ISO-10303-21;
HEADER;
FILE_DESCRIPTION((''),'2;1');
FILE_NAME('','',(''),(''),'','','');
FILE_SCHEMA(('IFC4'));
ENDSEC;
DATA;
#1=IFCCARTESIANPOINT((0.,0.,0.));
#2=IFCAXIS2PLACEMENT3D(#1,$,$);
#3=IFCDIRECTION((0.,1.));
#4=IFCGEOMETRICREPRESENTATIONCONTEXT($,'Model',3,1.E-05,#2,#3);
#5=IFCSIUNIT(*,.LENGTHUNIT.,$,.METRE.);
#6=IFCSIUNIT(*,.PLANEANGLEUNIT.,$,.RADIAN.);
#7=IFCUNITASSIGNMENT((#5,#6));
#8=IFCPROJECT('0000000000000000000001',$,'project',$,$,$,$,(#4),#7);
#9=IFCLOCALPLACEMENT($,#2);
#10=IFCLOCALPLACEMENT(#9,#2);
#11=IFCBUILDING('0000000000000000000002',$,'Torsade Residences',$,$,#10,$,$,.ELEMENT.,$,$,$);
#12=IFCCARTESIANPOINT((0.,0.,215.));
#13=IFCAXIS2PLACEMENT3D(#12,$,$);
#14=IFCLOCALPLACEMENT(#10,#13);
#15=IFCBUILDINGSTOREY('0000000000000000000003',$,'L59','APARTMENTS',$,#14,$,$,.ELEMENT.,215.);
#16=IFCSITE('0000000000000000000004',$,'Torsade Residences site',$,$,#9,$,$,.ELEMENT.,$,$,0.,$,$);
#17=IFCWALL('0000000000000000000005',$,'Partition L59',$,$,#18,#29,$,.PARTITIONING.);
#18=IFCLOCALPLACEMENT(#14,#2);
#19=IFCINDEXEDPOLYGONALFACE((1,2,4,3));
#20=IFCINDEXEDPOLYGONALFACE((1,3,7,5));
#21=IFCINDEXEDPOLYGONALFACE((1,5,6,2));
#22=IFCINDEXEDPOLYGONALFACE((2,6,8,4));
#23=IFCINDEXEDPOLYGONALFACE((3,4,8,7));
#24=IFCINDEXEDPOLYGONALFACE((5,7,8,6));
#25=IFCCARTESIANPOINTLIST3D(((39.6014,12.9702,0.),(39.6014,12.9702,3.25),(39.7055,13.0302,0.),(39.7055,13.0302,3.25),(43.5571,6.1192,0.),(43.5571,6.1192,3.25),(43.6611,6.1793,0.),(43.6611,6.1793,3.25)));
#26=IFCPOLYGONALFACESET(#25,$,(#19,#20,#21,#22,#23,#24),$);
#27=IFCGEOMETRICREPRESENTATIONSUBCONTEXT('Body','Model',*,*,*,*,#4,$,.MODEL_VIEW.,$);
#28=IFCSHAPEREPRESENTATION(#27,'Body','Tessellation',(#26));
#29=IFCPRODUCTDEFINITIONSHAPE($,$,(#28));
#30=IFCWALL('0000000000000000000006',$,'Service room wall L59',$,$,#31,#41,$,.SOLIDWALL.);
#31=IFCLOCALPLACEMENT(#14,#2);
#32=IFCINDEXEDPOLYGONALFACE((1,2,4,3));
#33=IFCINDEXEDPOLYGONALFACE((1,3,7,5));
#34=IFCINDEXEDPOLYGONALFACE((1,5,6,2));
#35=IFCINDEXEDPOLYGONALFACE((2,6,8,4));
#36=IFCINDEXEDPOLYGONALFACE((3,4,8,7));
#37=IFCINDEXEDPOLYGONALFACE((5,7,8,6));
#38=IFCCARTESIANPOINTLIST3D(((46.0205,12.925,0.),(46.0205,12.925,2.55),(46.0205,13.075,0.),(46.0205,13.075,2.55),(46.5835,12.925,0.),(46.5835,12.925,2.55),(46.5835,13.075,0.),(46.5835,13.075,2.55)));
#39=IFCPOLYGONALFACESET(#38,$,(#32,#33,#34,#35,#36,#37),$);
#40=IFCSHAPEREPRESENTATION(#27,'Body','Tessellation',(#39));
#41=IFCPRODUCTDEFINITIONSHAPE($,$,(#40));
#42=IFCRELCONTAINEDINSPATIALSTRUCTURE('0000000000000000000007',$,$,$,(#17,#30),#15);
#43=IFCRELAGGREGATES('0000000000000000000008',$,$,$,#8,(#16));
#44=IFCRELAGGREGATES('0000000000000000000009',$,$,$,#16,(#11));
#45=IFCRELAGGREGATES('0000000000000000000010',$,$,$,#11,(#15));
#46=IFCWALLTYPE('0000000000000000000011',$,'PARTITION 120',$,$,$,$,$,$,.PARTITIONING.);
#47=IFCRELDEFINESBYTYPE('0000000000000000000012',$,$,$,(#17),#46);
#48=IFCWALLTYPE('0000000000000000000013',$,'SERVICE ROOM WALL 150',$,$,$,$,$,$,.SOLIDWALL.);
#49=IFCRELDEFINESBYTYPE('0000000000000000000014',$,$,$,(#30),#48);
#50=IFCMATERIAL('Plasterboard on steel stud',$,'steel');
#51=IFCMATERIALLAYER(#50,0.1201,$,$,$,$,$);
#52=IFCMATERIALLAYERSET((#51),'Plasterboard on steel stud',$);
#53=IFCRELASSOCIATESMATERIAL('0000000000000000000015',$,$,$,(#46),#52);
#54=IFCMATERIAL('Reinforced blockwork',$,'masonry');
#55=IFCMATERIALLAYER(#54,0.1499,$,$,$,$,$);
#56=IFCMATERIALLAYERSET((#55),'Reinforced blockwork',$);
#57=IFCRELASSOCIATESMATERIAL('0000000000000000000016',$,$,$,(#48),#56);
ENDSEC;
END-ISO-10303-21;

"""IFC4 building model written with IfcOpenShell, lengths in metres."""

from ifc_helpers import new_model, si_unit, direction, frame, frame_2d, origin, place, context, subcontext, project, spatial, rectangle, extrude, material, layer, layer_set, type_object, element, save


model = new_model("IFC4")

# Units and contexts
model_context = context("Model", 3, precision=1e-05, world=origin(), true_north=direction((0.0, 1.0)))
body_context = subcontext(model_context, "Body", "Model", "MODEL_VIEW")
ifc_project = project(units=[si_unit("LENGTHUNIT", "METRE"), si_unit("PLANEANGLEUNIT", "RADIAN")], contexts=[model_context])

# Site, building, storey
site_placement = place(None, origin())
site = spatial("IfcSite", under=ifc_project, at=site_placement, Name="Torsade Residences site", CompositionType="ELEMENT", RefElevation=0.0)
building_placement = place(site_placement, origin())
building = spatial("IfcBuilding", under=site, at=building_placement, Name="Torsade Residences", CompositionType="ELEMENT")
storey_placement = place(building_placement, frame((0.0, 0.0, 215.0)))
storey = spatial("IfcBuildingStorey", under=building, at=storey_placement, Name="L59", Description="APARTMENTS", CompositionType="ELEMENT", Elevation=215.0)

# Shared definitions
ifc_material_1 = material(Name="Plasterboard on steel stud", Category="steel")
ifc_layer_1 = layer(ifc_material_1, 0.1201)
ifc_layer_set_1 = layer_set([ifc_layer_1], Name="Plasterboard on steel stud")
wall_type_1 = type_object("IfcWallType", Name="PARTITION 120", PredefinedType="PARTITIONING", material=ifc_layer_set_1)

# Walls
wall_1_placement = place(storey_placement, frame((43.6091, 6.1492, 0.0), z_axis=(0.0, 0.0, 1.0), x_axis=(-0.500023, 0.866012, 0.0)))
element("IfcWall", 1, at=wall_1_placement, inside=storey, type_object=wall_type_1, Name="Partition L59", PredefinedType="PARTITIONING", context=body_context, shape_type="SweptSolid", body=[
    extrude(rectangle(XDim=7.9109, YDim=0.1201, at=frame_2d((3.9556, 0.0))), origin(), (0.0, 0.0, 1.0), 3.25),
])
ifc_material_2 = material(Name="Reinforced blockwork", Category="masonry")
ifc_layer_2 = layer(ifc_material_2, 0.1499)
ifc_layer_set_2 = layer_set([ifc_layer_2], Name="Reinforced blockwork")
wall_type_2 = type_object("IfcWallType", Name="SERVICE ROOM WALL 150", PredefinedType="SOLIDWALL", material=ifc_layer_set_2)
wall_2_placement = place(storey_placement, frame((46.5835, 13.0, 0.0), z_axis=(0.0, 0.0, 1.0), x_axis=(-1.0, 0.0, 0.0)))
element("IfcWall", 2, at=wall_2_placement, inside=storey, type_object=wall_type_2, Name="Service room wall L59", PredefinedType="SOLIDWALL", context=body_context, shape_type="SweptSolid", body=[
    extrude(rectangle(XDim=0.563, YDim=0.1499, at=frame_2d((0.2815, 0.0))), origin(), (0.0, 0.0, 1.0), 2.55),
])

save(model, "model.ifc")
